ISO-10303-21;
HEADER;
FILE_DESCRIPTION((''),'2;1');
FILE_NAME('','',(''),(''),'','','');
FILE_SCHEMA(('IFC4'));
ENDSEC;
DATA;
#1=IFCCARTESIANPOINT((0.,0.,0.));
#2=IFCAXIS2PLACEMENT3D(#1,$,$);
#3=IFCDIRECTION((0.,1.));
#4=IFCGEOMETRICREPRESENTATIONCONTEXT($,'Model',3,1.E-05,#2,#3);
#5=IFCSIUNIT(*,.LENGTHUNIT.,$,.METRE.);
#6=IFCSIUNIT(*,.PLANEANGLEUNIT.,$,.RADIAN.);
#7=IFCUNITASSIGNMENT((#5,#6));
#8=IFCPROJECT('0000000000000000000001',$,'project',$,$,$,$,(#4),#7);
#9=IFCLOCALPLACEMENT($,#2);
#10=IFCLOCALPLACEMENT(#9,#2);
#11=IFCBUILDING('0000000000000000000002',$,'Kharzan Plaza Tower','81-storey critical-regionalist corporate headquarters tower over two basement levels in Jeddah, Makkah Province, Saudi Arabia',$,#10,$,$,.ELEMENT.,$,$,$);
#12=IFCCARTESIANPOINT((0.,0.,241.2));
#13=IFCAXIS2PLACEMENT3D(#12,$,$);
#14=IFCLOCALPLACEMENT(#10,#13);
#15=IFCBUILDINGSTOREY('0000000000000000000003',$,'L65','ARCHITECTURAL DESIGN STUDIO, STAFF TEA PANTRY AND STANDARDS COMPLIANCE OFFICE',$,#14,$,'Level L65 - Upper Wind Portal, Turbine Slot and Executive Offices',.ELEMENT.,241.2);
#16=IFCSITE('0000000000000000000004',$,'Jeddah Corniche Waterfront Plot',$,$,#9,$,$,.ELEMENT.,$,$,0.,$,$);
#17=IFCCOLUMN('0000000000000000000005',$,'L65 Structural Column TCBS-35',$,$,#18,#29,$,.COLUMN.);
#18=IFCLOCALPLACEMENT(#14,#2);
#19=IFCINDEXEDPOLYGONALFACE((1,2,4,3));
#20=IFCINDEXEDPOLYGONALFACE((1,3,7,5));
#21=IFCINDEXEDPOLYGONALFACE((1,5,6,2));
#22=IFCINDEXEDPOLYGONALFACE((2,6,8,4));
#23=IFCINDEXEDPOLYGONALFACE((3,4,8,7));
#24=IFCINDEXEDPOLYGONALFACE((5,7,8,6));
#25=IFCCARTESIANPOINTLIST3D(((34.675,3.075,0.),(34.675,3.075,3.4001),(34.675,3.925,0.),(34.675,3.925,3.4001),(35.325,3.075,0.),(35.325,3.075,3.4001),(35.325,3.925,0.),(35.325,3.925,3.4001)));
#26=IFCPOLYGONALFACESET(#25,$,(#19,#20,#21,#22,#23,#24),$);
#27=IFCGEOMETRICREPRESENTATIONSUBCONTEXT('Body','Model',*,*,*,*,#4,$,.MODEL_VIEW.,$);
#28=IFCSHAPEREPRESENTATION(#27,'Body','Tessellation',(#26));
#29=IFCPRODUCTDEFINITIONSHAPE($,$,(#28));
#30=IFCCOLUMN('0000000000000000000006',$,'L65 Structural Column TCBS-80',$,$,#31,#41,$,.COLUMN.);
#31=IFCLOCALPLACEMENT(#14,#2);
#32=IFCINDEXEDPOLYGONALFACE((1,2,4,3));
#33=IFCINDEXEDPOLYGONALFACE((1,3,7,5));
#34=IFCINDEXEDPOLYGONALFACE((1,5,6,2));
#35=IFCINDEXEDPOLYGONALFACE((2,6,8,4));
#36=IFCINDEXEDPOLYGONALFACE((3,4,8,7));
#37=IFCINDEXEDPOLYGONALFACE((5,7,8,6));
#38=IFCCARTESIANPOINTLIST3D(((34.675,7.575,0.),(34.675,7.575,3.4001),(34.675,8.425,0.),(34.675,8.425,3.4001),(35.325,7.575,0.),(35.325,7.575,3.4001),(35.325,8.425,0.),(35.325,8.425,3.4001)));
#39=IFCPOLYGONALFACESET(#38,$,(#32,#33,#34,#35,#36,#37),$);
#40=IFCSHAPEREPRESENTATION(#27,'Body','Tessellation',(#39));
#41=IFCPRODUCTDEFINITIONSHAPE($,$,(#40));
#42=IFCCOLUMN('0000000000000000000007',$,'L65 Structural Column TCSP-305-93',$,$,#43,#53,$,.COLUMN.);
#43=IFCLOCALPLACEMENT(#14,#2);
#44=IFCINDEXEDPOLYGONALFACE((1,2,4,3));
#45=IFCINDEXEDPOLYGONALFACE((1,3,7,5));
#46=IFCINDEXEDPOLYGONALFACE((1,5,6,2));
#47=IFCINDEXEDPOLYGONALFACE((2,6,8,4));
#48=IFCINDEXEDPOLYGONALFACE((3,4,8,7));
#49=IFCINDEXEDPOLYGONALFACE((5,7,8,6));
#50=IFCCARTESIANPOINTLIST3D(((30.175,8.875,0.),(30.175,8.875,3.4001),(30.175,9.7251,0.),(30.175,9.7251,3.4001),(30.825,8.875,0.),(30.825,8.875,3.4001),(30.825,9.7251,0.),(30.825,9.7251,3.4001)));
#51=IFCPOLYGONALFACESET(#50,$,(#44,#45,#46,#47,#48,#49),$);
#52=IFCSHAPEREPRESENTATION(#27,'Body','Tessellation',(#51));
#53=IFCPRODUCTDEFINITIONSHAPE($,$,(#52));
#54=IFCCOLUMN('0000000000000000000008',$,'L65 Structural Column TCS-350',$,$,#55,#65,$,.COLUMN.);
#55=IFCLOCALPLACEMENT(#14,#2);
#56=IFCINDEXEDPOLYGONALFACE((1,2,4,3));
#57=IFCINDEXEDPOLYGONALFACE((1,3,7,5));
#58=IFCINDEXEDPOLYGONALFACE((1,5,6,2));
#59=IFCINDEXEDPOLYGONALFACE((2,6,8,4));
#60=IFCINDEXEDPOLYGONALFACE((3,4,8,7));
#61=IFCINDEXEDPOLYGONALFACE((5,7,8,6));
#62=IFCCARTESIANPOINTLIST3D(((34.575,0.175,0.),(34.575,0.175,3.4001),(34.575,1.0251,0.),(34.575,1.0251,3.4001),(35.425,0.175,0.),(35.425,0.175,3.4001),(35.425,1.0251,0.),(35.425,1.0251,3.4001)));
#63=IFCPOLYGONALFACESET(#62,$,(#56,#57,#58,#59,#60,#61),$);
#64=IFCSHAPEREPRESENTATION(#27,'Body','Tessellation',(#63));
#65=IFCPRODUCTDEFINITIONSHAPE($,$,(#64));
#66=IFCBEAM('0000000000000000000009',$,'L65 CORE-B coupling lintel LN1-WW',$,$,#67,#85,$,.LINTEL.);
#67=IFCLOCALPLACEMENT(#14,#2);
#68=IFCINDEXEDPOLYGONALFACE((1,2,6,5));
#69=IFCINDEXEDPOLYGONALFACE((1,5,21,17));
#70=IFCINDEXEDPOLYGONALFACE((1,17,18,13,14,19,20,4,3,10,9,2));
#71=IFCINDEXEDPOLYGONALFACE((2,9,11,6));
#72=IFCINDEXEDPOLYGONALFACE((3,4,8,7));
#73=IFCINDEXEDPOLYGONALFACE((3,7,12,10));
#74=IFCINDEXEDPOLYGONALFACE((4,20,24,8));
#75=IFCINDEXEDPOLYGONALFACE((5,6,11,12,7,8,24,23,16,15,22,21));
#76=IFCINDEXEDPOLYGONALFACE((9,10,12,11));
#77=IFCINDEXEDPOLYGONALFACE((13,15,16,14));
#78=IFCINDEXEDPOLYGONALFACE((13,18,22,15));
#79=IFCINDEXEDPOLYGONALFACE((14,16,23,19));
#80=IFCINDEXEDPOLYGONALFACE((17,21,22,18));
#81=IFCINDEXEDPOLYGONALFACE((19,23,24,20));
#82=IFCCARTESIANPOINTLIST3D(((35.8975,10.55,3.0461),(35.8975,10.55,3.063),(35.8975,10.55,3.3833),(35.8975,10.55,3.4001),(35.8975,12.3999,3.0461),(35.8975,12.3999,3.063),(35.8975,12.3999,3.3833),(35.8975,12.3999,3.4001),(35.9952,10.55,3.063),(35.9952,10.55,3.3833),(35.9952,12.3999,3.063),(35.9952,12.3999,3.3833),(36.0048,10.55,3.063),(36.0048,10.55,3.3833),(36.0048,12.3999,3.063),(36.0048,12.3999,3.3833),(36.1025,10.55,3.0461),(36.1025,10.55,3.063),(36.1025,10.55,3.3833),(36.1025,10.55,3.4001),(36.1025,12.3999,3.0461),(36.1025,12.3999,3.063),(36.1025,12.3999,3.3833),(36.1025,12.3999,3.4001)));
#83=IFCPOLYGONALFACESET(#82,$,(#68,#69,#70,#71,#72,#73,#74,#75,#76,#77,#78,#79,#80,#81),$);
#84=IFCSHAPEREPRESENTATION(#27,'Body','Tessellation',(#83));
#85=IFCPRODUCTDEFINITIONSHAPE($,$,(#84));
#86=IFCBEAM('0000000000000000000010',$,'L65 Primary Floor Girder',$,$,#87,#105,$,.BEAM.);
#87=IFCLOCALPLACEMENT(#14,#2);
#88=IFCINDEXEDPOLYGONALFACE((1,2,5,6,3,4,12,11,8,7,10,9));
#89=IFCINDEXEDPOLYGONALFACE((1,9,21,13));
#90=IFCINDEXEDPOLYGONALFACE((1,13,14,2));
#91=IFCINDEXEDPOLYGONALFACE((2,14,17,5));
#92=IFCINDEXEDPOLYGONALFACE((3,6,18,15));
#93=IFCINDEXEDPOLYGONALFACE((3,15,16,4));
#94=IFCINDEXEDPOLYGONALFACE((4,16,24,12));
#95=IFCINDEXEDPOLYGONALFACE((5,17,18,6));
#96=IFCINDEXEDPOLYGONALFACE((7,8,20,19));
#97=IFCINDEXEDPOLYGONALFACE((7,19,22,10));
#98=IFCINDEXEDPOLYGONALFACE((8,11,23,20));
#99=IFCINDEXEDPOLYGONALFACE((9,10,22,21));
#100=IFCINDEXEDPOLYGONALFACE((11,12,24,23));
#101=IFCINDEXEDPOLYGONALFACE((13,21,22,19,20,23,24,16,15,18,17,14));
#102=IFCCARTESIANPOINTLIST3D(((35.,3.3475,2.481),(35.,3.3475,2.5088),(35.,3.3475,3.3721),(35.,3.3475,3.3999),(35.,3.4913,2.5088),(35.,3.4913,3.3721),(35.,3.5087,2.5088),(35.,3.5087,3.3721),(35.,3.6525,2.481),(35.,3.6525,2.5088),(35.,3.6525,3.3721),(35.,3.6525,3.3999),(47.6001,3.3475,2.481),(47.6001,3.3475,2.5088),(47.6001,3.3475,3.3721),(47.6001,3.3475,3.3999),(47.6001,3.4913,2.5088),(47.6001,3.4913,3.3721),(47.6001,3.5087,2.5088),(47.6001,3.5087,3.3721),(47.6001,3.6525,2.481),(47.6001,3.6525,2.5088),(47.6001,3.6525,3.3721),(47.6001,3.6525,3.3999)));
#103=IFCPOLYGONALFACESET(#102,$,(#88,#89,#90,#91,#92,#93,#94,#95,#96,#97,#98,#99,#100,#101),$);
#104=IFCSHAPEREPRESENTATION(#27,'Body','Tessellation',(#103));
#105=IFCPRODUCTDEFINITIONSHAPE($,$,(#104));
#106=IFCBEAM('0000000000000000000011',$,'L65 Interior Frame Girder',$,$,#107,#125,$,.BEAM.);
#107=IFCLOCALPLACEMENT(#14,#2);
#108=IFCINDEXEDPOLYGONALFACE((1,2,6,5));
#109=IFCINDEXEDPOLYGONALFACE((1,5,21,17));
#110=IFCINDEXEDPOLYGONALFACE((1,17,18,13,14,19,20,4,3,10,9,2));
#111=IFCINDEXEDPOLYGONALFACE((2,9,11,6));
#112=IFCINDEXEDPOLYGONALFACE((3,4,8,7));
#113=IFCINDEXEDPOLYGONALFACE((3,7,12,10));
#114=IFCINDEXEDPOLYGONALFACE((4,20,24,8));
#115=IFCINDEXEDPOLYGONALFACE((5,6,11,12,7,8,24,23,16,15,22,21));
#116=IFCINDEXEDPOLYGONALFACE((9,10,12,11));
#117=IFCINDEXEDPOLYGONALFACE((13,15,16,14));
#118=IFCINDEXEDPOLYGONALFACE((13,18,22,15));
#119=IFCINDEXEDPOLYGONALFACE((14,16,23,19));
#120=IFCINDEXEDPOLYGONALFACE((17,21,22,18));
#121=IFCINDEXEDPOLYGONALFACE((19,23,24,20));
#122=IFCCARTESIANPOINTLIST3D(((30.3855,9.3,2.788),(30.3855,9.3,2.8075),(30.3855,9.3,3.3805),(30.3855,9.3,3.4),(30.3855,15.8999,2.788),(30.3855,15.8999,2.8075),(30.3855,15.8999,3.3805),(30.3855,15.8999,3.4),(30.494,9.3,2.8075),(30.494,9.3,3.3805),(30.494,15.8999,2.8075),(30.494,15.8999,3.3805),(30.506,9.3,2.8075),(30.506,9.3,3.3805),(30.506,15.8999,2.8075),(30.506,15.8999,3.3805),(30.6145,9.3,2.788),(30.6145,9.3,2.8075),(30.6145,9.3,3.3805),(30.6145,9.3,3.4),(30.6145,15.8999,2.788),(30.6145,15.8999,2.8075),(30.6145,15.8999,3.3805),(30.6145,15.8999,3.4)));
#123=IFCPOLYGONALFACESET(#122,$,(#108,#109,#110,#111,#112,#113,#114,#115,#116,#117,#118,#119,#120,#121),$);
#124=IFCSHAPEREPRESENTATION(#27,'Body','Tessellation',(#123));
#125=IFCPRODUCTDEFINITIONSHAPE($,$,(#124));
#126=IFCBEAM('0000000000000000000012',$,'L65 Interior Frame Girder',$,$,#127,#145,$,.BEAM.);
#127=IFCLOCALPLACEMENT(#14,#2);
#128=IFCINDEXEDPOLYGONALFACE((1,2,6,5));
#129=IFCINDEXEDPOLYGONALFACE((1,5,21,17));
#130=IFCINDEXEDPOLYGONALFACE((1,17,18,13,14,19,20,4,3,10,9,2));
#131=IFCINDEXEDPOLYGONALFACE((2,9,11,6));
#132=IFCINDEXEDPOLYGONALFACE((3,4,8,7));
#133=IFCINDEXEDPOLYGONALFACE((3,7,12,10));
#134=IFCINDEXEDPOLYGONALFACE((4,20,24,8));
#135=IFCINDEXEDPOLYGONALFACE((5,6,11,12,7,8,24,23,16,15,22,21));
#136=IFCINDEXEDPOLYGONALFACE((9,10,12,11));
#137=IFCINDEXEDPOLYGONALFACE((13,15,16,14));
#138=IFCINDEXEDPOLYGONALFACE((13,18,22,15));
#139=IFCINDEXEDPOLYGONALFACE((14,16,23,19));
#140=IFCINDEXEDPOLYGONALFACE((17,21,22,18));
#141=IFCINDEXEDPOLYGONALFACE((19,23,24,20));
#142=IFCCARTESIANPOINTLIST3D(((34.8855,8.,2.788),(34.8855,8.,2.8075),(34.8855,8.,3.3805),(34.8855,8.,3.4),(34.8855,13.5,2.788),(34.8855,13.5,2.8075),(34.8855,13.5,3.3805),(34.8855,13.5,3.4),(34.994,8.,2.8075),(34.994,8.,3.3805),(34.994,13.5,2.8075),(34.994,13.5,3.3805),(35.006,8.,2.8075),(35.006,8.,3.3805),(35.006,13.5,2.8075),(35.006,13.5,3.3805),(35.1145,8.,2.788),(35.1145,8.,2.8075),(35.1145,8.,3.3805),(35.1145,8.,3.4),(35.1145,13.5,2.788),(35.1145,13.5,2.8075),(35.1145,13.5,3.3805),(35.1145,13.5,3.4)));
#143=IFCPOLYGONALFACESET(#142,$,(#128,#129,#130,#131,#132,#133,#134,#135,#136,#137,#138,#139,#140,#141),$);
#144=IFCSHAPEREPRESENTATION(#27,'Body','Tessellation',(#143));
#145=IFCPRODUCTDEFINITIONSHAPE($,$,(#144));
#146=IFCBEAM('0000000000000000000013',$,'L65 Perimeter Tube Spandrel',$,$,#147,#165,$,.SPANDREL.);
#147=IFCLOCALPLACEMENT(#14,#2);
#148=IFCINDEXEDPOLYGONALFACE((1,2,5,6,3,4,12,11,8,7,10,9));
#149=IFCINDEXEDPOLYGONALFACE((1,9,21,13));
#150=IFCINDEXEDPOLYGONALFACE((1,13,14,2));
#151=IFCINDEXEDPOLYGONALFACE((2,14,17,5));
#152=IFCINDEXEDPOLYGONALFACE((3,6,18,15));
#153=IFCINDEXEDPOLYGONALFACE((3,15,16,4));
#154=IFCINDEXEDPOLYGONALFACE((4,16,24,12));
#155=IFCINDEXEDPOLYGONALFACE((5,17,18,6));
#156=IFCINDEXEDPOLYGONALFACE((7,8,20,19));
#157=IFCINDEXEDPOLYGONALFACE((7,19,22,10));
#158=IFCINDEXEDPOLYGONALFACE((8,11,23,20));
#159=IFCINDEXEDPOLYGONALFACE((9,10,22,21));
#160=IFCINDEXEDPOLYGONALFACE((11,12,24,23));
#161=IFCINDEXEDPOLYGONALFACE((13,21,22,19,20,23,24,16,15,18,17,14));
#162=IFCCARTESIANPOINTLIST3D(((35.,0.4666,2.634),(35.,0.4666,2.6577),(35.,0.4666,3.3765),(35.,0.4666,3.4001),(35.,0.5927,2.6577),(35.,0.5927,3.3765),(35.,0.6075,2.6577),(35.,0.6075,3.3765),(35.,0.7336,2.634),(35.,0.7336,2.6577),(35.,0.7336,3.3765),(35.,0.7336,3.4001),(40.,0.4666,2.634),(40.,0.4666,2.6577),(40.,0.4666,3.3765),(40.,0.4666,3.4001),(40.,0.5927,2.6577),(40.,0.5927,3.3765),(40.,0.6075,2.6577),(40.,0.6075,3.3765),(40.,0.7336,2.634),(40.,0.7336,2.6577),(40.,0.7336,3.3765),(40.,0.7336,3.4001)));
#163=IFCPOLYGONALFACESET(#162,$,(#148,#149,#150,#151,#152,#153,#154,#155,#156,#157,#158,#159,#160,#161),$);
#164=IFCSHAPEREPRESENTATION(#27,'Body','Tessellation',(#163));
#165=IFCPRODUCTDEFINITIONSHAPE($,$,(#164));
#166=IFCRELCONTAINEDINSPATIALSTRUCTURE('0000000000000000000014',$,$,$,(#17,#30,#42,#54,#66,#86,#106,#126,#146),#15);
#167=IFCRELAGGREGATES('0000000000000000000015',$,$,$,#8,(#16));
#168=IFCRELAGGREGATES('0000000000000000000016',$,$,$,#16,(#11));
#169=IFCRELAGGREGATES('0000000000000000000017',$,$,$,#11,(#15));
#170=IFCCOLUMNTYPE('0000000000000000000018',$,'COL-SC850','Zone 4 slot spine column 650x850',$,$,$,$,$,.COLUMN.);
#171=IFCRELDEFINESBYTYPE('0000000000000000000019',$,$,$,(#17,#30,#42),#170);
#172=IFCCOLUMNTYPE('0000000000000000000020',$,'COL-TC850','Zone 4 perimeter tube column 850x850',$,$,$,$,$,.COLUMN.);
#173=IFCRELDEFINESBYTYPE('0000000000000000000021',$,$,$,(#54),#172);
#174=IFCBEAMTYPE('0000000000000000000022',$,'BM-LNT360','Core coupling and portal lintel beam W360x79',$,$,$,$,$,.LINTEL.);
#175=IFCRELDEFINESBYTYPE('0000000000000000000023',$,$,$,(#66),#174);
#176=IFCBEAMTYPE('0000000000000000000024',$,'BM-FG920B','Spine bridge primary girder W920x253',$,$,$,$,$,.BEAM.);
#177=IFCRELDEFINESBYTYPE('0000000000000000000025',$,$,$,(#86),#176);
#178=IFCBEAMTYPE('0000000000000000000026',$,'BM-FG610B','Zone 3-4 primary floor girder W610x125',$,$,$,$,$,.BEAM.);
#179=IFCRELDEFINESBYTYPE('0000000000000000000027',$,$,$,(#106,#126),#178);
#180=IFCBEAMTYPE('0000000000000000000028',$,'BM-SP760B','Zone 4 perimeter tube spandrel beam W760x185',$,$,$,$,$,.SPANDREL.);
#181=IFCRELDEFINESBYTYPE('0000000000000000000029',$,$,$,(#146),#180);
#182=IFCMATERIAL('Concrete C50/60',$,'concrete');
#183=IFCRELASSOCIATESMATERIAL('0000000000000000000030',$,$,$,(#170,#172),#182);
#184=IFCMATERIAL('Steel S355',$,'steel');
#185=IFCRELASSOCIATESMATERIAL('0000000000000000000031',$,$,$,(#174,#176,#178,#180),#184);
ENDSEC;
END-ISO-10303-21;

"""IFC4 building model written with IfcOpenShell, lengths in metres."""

from ifc_helpers import new_model, si_unit, direction, frame, origin, origin_2d, place, context, subcontext, project, spatial, rectangle, i_section, extrude, source, transform, mapped, material, material_profile, profile_set, type_object, element, save


model = new_model("IFC4")

# Units and contexts
model_context = context("Model", 3, precision=1e-05, world=origin(), true_north=direction((0.0, 1.0)))
body_context = subcontext(model_context, "Body", "Model", "MODEL_VIEW")
ifc_project = project(units=[si_unit("LENGTHUNIT", "METRE"), si_unit("PLANEANGLEUNIT", "RADIAN")], contexts=[model_context])

# Site, building, storey
site_placement = place(None, origin())
site = spatial("IfcSite", under=ifc_project, at=site_placement, Name="Jeddah Corniche Waterfront Plot", CompositionType="ELEMENT", RefElevation=0.0)
building_placement = place(site_placement, origin())
building = spatial("IfcBuilding", under=site, at=building_placement, Name="Kharzan Plaza Tower", Description="81-storey critical-regionalist corporate headquarters tower over two basement levels in Jeddah, Makkah Province, Saudi Arabia", CompositionType="ELEMENT")
storey_placement = place(building_placement, frame((0.0, 0.0, 241.2)))
storey = spatial("IfcBuildingStorey", under=building, at=storey_placement, Name="L65", Description="ARCHITECTURAL DESIGN STUDIO, STAFF TEA PANTRY AND STANDARDS COMPLIANCE OFFICE", LongName="Level L65 - Upper Wind Portal, Turbine Slot and Executive Offices", CompositionType="ELEMENT", Elevation=241.2)

# Columns
ifc_material_1 = material(Name="Concrete C50/60", Category="concrete")
ifc_material_profile_1 = material_profile(ifc_material_1, rectangle(XDim=0.6499, YDim=0.8501, at=origin_2d()), Name="RC-SC850x650")
ifc_profile_set_1 = profile_set([ifc_material_profile_1], Name="Concrete C50/60")
column_type_1 = type_object("IfcColumnType", Name="COL-SC850", Description="Zone 4 slot spine column 650x850", PredefinedType="COLUMN", material=ifc_profile_set_1)
shared_shape_1 = source(origin(), body_context, "Body", "SweptSolid", [
    extrude(rectangle(XDim=0.6499, YDim=0.8501, at=origin_2d()), origin(), (0.0, 0.0, 1.0), 3.4001),
])
for number, where, z_axis, x_axis, name in (
    (1, (35.0, 3.5, 0.0), (0.0, 0.0, 1.0), (1.0, 0.0, 0.0), "L65 Structural Column TCBS-35"),
    (2, (35.0, 8.0, 0.0), (0.0, 0.0, 1.0), (1.0, 0.0, 0.0), "L65 Structural Column TCBS-80"),
    (3, (30.5, 9.3, 0.0), (0.0, 0.0, 1.0), (1.0, 0.0, 0.0), "L65 Structural Column TCSP-305-93"),
):
    element("IfcColumn", number, at=place(storey_placement, frame(where, z_axis=z_axis, x_axis=x_axis)), inside=storey, type_object=column_type_1, Name=name, PredefinedType="COLUMN", context=body_context, shape_type="MappedRepresentation", body=[
        mapped(shared_shape_1, transform((0.0, 0.0, 0.0), x_axis=(1.0, 0.0, 0.0), y_axis=(0.0, 1.0, 0.0), z_axis=(0.0, 0.0, 1.0))),
    ])
ifc_material_profile_2 = material_profile(ifc_material_1, rectangle(XDim=0.8501, YDim=0.8501, at=origin_2d()), Name="RC-TC850x850")
ifc_profile_set_2 = profile_set([ifc_material_profile_2], Name="Concrete C50/60")
column_type_2 = type_object("IfcColumnType", Name="COL-TC850", Description="Zone 4 perimeter tube column 850x850", PredefinedType="COLUMN", material=ifc_profile_set_2)
shared_shape_2 = source(origin(), body_context, "Body", "SweptSolid", [
    extrude(rectangle(XDim=0.8501, YDim=0.8501, at=origin_2d()), origin(), (0.0, 0.0, 1.0), 3.4001),
])
column_placement = place(storey_placement, frame((35.0, 0.6001, 0.0), z_axis=(0.0, 0.0, 1.0), x_axis=(1.0, 0.0, 0.0)))
element("IfcColumn", 4, at=column_placement, inside=storey, type_object=column_type_2, Name="L65 Structural Column TCS-350", PredefinedType="COLUMN", context=body_context, shape_type="MappedRepresentation", body=[
    mapped(shared_shape_2, transform((0.0, 0.0, 0.0), x_axis=(1.0, 0.0, 0.0), y_axis=(0.0, 1.0, 0.0), z_axis=(0.0, 0.0, 1.0))),
])

# Beams
ifc_material_2 = material(Name="Steel S355", Category="steel")
ifc_material_profile_3 = material_profile(ifc_material_2, i_section(OverallWidth=0.2051, OverallDepth=0.354, WebThickness=0.0095, FlangeThickness=0.0168, at=origin_2d()), Name="W360x79")
ifc_profile_set_3 = profile_set([ifc_material_profile_3], Name="Steel S355")
beam_type_1 = type_object("IfcBeamType", Name="BM-LNT360", Description="Core coupling and portal lintel beam W360x79", PredefinedType="LINTEL", material=ifc_profile_set_3)
shared_shape_3 = source(origin(), body_context, "Body", "SweptSolid", [
    extrude(i_section(OverallWidth=0.2051, OverallDepth=0.354, WebThickness=0.0095, FlangeThickness=0.0168, at=origin_2d()), origin(), (0.0, 0.0, 1.0), 1.8499),
])
beam_1_placement = place(storey_placement, frame((36.0, 10.55, 3.2231), z_axis=(0.0, 1.0, 0.0), x_axis=(-1.0, 0.0, 0.0)))
element("IfcBeam", 5, at=beam_1_placement, inside=storey, type_object=beam_type_1, Name="L65 CORE-B coupling lintel LN1-WW", PredefinedType="LINTEL", context=body_context, shape_type="MappedRepresentation", body=[
    mapped(shared_shape_3, transform((0.0, 0.0, 0.0), x_axis=(1.0, 0.0, 0.0), y_axis=(0.0, 1.0, 0.0), z_axis=(0.0, 0.0, 1.0))),
])
ifc_material_profile_4 = material_profile(ifc_material_2, i_section(OverallWidth=0.3049, OverallDepth=0.9189, WebThickness=0.0173, FlangeThickness=0.0278, at=origin_2d()), Name="W920x253")
ifc_profile_set_4 = profile_set([ifc_material_profile_4], Name="Steel S355")
beam_type_2 = type_object("IfcBeamType", Name="BM-FG920B", Description="Spine bridge primary girder W920x253", PredefinedType="BEAM", material=ifc_profile_set_4)
shared_shape_4 = source(origin(), body_context, "Body", "SweptSolid", [
    extrude(i_section(OverallWidth=0.3049, OverallDepth=0.9189, WebThickness=0.0173, FlangeThickness=0.0278, at=origin_2d()), origin(), (0.0, 0.0, 1.0), 12.6001),
])
beam_2_placement = place(storey_placement, frame((35.0, 3.5, 2.9404), z_axis=(1.0, 0.0, 0.0), x_axis=(0.0, 1.0, 0.0)))
element("IfcBeam", 6, at=beam_2_placement, inside=storey, type_object=beam_type_2, Name="L65 Primary Floor Girder", PredefinedType="BEAM", context=body_context, shape_type="MappedRepresentation", body=[
    mapped(shared_shape_4, transform((0.0, 0.0, 0.0), x_axis=(1.0, 0.0, 0.0), y_axis=(0.0, 1.0, 0.0), z_axis=(0.0, 0.0, 1.0))),
])
ifc_material_profile_5 = material_profile(ifc_material_2, i_section(OverallWidth=0.229, OverallDepth=0.6121, WebThickness=0.012, FlangeThickness=0.0195, at=origin_2d()), Name="W610x125")
ifc_profile_set_5 = profile_set([ifc_material_profile_5], Name="Steel S355")
beam_type_3 = type_object("IfcBeamType", Name="BM-FG610B", Description="Zone 3-4 primary floor girder W610x125", PredefinedType="BEAM", material=ifc_profile_set_5)
shared_shape_5 = source(origin(), body_context, "Body", "SweptSolid", [
    extrude(i_section(OverallWidth=0.229, OverallDepth=0.6121, WebThickness=0.012, FlangeThickness=0.0195, at=origin_2d()), origin(), (0.0, 0.0, 1.0), 6.5999),
])
beam_3_placement = place(storey_placement, frame((30.5, 9.3, 3.094), z_axis=(0.0, 1.0, 0.0), x_axis=(-1.0, 0.0, 0.0)))
element("IfcBeam", 7, at=beam_3_placement, inside=storey, type_object=beam_type_3, Name="L65 Interior Frame Girder", PredefinedType="BEAM", context=body_context, shape_type="MappedRepresentation", body=[
    mapped(shared_shape_5, transform((0.0, 0.0, 0.0), x_axis=(1.0, 0.0, 0.0), y_axis=(0.0, 1.0, 0.0), z_axis=(0.0, 0.0, 1.0))),
])
shared_shape_6 = source(origin(), body_context, "Body", "SweptSolid", [
    extrude(i_section(OverallWidth=0.229, OverallDepth=0.6121, WebThickness=0.012, FlangeThickness=0.0195, at=origin_2d()), origin(), (0.0, 0.0, 1.0), 5.5),
])
beam_4_placement = place(storey_placement, frame((35.0, 8.0, 3.094), z_axis=(0.0, 1.0, 0.0), x_axis=(-1.0, 0.0, 0.0)))
element("IfcBeam", 8, at=beam_4_placement, inside=storey, type_object=beam_type_3, Name="L65 Interior Frame Girder", PredefinedType="BEAM", context=body_context, shape_type="MappedRepresentation", body=[
    mapped(shared_shape_6, transform((0.0, 0.0, 0.0), x_axis=(1.0, 0.0, 0.0), y_axis=(0.0, 1.0, 0.0), z_axis=(0.0, 0.0, 1.0))),
])
ifc_material_profile_6 = material_profile(ifc_material_2, i_section(OverallWidth=0.2671, OverallDepth=0.7661, WebThickness=0.0149, FlangeThickness=0.0237, at=origin_2d()), Name="W760x185")
ifc_profile_set_6 = profile_set([ifc_material_profile_6], Name="Steel S355")
beam_type_4 = type_object("IfcBeamType", Name="BM-SP760B", Description="Zone 4 perimeter tube spandrel beam W760x185", PredefinedType="SPANDREL", material=ifc_profile_set_6)
shared_shape_7 = source(origin(), body_context, "Body", "SweptSolid", [
    extrude(i_section(OverallWidth=0.2671, OverallDepth=0.7661, WebThickness=0.0149, FlangeThickness=0.0237, at=origin_2d()), origin(), (0.0, 0.0, 1.0), 5.0),
])
beam_5_placement = place(storey_placement, frame((35.0, 0.6001, 3.0171), z_axis=(1.0, 0.0, 0.0), x_axis=(0.0, 1.0, 0.0)))
element("IfcBeam", 9, at=beam_5_placement, inside=storey, type_object=beam_type_4, Name="L65 Perimeter Tube Spandrel", PredefinedType="SPANDREL", context=body_context, shape_type="MappedRepresentation", body=[
    mapped(shared_shape_7, transform((0.0, 0.0, 0.0), x_axis=(1.0, 0.0, 0.0), y_axis=(0.0, 1.0, 0.0), z_axis=(0.0, 0.0, 1.0))),
])

save(model, "model.ifc")
